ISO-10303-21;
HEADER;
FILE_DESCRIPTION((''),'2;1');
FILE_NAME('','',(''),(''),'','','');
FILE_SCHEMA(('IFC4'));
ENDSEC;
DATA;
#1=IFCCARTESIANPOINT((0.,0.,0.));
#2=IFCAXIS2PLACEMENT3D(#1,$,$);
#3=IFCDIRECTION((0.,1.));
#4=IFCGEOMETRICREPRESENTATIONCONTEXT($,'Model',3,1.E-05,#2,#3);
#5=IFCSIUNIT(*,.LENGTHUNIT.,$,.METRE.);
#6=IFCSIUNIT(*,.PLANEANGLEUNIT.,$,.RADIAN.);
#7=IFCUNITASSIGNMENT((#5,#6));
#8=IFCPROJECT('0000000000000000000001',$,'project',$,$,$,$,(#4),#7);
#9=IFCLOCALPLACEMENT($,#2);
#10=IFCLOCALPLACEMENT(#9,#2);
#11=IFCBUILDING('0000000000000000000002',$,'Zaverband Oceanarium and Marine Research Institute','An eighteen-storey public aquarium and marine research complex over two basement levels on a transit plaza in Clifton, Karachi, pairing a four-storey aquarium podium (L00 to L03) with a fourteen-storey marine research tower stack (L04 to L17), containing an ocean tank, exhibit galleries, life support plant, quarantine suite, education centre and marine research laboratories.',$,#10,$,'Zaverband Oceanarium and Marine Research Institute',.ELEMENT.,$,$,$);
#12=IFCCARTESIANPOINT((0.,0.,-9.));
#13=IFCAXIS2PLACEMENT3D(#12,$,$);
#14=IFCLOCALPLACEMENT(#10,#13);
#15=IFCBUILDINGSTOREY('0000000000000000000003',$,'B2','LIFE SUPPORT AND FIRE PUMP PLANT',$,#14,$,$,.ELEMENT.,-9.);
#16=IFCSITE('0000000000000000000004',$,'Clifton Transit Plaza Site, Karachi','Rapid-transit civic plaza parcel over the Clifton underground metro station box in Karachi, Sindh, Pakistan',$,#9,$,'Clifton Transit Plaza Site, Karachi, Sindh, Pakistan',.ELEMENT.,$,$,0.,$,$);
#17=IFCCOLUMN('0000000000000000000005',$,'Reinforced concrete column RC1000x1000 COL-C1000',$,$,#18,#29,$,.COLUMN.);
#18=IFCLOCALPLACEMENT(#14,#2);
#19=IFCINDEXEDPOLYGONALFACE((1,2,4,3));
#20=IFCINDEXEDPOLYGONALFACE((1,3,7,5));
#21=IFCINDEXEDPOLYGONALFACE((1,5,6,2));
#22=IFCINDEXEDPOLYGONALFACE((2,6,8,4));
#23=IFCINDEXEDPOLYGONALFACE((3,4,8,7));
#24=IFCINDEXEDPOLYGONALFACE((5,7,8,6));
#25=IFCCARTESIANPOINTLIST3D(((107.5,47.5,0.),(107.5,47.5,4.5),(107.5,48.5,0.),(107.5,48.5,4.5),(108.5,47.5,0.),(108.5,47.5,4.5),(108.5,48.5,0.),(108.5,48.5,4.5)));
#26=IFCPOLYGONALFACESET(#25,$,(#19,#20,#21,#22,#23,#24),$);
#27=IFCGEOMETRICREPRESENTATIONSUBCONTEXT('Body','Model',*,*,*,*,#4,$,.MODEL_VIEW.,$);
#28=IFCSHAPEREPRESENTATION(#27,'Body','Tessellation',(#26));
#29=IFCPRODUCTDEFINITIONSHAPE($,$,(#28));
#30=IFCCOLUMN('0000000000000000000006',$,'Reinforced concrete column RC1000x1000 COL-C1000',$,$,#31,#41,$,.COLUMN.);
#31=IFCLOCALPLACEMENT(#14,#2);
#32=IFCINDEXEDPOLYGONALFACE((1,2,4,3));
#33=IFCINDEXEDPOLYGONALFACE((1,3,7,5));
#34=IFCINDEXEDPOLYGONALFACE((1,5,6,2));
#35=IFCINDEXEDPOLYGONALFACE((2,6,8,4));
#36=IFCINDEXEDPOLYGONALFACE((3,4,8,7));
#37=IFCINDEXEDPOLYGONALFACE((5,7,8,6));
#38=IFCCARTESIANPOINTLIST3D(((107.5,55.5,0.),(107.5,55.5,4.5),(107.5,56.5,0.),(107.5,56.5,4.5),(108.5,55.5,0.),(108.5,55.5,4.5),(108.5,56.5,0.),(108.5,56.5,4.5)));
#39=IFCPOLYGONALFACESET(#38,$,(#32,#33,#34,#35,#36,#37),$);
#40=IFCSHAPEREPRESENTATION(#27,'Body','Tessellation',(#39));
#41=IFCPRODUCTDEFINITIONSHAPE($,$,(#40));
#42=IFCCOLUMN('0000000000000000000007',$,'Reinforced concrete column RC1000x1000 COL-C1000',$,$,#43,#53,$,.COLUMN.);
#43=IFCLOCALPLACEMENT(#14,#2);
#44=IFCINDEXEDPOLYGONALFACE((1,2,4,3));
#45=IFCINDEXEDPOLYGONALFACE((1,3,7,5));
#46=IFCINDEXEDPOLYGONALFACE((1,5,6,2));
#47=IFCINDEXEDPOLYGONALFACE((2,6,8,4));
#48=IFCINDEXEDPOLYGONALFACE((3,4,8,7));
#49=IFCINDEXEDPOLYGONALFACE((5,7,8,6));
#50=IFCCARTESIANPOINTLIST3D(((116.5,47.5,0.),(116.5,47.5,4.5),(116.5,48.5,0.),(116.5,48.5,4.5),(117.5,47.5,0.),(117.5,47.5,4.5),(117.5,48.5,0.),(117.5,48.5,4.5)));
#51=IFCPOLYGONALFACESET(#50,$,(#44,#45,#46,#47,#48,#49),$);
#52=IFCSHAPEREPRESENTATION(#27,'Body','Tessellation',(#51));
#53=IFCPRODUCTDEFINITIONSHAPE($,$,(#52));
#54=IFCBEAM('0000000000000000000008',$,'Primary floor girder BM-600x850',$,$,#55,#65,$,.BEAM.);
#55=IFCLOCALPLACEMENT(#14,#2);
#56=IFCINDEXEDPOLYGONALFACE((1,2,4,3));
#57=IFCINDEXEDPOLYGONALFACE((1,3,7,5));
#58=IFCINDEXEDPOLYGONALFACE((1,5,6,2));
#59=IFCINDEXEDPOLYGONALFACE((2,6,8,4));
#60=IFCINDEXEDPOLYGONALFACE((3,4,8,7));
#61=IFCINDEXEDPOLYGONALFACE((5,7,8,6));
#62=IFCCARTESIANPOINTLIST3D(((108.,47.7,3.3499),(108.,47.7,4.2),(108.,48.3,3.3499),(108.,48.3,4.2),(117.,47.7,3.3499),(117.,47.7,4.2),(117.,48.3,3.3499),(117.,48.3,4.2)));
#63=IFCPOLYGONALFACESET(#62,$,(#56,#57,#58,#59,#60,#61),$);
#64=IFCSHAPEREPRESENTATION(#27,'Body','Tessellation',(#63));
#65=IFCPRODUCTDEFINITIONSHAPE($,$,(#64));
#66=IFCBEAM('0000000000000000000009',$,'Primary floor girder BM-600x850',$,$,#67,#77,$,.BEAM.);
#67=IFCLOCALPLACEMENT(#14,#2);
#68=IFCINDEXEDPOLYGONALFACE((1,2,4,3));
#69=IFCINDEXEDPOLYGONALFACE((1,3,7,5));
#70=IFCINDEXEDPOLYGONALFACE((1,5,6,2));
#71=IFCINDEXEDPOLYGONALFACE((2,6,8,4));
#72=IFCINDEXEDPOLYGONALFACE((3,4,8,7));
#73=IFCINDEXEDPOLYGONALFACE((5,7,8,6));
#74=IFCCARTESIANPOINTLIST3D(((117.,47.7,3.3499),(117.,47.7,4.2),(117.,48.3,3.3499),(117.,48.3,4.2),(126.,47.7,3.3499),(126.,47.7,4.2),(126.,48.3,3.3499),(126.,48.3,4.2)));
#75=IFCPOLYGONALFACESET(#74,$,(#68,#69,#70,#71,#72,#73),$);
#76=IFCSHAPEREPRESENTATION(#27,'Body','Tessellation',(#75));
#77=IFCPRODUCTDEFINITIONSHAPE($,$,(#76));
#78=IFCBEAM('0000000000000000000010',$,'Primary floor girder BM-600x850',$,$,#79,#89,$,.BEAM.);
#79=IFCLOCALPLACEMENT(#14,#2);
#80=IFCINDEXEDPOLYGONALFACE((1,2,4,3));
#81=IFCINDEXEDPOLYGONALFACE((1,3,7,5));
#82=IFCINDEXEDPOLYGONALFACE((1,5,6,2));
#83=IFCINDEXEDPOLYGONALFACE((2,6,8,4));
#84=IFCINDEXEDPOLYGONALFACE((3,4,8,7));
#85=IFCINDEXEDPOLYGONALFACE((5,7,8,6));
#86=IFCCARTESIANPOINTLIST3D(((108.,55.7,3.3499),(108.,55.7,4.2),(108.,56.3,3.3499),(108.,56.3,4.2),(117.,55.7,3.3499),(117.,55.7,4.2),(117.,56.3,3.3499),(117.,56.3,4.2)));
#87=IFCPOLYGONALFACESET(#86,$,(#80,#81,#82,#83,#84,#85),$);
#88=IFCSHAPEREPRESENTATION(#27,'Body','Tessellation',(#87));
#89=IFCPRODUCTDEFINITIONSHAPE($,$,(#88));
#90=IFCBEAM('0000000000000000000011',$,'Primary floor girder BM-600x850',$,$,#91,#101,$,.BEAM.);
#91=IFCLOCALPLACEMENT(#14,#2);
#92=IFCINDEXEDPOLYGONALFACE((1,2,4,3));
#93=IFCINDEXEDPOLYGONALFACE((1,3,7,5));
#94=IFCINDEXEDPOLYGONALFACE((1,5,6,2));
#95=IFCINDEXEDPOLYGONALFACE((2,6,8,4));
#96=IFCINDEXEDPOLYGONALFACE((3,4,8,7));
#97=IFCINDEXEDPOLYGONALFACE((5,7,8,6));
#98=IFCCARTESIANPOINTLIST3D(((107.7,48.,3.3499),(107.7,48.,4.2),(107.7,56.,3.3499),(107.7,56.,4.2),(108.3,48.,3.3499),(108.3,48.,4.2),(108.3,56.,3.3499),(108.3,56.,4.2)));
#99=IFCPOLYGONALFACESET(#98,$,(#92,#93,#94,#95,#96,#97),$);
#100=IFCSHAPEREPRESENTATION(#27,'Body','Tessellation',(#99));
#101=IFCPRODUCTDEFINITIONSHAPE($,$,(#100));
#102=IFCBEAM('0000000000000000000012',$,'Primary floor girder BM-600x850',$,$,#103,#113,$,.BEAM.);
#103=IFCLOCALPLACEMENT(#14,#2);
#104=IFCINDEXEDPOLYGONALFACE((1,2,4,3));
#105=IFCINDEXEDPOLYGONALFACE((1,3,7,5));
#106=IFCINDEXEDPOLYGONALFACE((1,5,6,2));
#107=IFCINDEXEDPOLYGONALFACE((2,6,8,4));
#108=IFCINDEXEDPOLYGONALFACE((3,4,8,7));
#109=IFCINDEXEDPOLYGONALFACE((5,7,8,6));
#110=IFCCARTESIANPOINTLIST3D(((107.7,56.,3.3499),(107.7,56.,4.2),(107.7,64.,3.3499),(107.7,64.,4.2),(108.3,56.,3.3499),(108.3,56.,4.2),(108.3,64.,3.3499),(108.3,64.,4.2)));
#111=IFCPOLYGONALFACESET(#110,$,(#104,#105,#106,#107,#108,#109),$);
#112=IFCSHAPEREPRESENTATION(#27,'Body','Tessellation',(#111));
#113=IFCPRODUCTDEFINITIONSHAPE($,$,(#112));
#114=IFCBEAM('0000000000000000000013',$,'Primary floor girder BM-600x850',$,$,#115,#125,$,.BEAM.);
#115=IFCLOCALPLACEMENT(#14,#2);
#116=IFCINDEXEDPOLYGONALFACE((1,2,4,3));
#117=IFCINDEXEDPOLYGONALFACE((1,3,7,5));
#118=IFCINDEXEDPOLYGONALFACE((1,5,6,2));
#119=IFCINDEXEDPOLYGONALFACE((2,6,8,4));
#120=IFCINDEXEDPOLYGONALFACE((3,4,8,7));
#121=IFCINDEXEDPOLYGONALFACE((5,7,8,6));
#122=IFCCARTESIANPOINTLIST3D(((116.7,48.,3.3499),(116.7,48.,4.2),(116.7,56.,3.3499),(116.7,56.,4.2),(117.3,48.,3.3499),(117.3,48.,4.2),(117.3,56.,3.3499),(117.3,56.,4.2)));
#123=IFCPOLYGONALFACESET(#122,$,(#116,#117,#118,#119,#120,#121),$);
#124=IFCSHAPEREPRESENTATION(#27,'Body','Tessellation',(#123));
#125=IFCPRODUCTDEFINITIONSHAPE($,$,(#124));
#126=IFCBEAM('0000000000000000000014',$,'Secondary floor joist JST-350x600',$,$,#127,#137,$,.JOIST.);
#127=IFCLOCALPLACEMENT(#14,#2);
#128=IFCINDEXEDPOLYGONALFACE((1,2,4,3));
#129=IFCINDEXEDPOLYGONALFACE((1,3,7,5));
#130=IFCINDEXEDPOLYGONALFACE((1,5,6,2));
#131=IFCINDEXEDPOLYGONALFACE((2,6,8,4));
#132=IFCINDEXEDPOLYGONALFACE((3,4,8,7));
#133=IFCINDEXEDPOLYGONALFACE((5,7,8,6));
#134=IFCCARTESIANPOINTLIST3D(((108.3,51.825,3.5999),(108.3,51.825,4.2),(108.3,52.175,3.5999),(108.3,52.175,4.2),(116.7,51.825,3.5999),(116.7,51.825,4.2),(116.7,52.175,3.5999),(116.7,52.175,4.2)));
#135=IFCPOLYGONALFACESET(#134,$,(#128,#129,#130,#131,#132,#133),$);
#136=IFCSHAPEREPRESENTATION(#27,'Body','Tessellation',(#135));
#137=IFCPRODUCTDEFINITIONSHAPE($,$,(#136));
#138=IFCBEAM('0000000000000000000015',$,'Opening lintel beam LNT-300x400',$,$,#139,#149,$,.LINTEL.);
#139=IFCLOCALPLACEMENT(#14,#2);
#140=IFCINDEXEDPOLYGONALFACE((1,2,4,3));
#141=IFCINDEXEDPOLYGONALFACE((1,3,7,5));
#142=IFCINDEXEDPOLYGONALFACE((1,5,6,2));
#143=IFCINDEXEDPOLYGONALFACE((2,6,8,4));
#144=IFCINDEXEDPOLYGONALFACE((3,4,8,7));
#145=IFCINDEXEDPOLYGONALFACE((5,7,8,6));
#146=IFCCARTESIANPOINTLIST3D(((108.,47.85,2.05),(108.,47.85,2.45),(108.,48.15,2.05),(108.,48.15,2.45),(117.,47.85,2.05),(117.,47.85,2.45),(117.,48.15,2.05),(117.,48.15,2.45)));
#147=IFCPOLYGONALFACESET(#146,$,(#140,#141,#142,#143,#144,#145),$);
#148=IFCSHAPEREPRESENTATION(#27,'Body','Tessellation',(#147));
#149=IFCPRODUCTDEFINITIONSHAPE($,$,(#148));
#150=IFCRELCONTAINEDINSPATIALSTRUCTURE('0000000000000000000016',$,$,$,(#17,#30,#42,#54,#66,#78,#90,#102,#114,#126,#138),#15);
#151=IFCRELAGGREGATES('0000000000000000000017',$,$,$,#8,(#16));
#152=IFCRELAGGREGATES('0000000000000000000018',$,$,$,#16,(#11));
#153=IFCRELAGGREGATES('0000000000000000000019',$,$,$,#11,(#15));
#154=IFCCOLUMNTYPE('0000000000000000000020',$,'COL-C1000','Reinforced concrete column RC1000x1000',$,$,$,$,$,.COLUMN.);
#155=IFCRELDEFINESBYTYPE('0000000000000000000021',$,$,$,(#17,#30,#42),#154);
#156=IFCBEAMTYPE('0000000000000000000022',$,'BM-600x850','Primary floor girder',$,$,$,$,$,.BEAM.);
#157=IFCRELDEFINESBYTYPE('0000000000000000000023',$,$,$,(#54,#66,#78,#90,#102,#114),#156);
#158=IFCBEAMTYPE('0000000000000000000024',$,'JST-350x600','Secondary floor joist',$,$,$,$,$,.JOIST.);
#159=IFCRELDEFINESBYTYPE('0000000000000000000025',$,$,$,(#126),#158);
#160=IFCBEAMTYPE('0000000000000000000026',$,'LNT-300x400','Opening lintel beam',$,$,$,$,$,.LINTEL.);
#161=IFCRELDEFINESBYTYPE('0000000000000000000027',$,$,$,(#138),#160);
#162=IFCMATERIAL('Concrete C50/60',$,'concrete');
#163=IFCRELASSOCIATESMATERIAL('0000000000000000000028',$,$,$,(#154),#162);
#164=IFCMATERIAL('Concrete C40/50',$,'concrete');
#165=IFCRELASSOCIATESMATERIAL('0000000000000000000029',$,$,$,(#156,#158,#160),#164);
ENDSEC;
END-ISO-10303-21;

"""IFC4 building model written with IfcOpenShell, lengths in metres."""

from ifc_helpers import new_model, si_unit, direction, frame, origin, origin_2d, place, context, subcontext, project, spatial, rectangle, extrude, material, material_profile, profile_set, type_object, element, save


model = new_model("IFC4")

# Units and contexts
model_context = context("Model", 3, precision=1e-05, world=origin(), true_north=direction((0.0, 1.0)))
body_context = subcontext(model_context, "Body", "Model", "MODEL_VIEW")
ifc_project = project(units=[si_unit("LENGTHUNIT", "METRE"), si_unit("PLANEANGLEUNIT", "RADIAN")], contexts=[model_context])

# Site, building, storey
site_placement = place(None, origin())
site = spatial("IfcSite", under=ifc_project, at=site_placement, Name="Clifton Transit Plaza Site, Karachi", Description="Rapid-transit civic plaza parcel over the Clifton underground metro station box in Karachi, Sindh, Pakistan", LongName="Clifton Transit Plaza Site, Karachi, Sindh, Pakistan", CompositionType="ELEMENT", RefElevation=0.0)
building_placement = place(site_placement, origin())
building = spatial("IfcBuilding", under=site, at=building_placement, Name="Zaverband Oceanarium and Marine Research Institute", Description="An eighteen-storey public aquarium and marine research complex over two basement levels on a transit plaza in Clifton, Karachi, pairing a four-storey aquarium podium (L00 to L03) with a fourteen-storey marine research tower stack (L04 to L17), containing an ocean tank, exhibit galleries, life support plant, quarantine suite, education centre and marine research laboratories.", LongName="Zaverband Oceanarium and Marine Research Institute", CompositionType="ELEMENT")
storey_placement = place(building_placement, frame((0.0, 0.0, -9.0)))
storey = spatial("IfcBuildingStorey", under=building, at=storey_placement, Name="B2", Description="LIFE SUPPORT AND FIRE PUMP PLANT", CompositionType="ELEMENT", Elevation=-9.0)

# Shared definitions
ifc_material_1 = material(Name="Concrete C50/60", Category="concrete")

# Columns
ifc_material_profile_1 = material_profile(ifc_material_1, rectangle(XDim=1.0, YDim=1.0, at=origin_2d()), Name="RC1000x1000")
ifc_profile_set_1 = profile_set([ifc_material_profile_1], Name="Concrete C50/60")
column_type = type_object("IfcColumnType", Name="COL-C1000", Description="Reinforced concrete column RC1000x1000", PredefinedType="COLUMN", material=ifc_profile_set_1)
for number, where, z_axis, x_axis, name in (
    (1, (108.0, 48.0, 0.0), (0.0, 0.0, 1.0), (1.0, 0.0, 0.0), "Reinforced concrete column RC1000x1000 COL-C1000"),
    (2, (108.0, 56.0, 0.0), (0.0, 0.0, 1.0), (1.0, 0.0, 0.0), "Reinforced concrete column RC1000x1000 COL-C1000"),
    (3, (117.0, 48.0, 0.0), (0.0, 0.0, 1.0), (1.0, 0.0, 0.0), "Reinforced concrete column RC1000x1000 COL-C1000"),
):
    element("IfcColumn", number, at=place(storey_placement, frame(where, z_axis=z_axis, x_axis=x_axis)), inside=storey, type_object=column_type, Name=name, PredefinedType="COLUMN", context=body_context, shape_type="SweptSolid", body=[
        extrude(rectangle(XDim=1.0, YDim=1.0, at=origin_2d()), origin(), (0.0, 0.0, 1.0), 4.5),
    ])

# Beams
ifc_material_2 = material(Name="Concrete C40/50", Category="concrete")
ifc_material_profile_2 = material_profile(ifc_material_2, rectangle(XDim=0.6001, YDim=0.8501, at=origin_2d()), Name="RC600x850")
ifc_profile_set_2 = profile_set([ifc_material_profile_2], Name="Concrete C40/50")
beam_type_1 = type_object("IfcBeamType", Name="BM-600x850", Description="Primary floor girder", PredefinedType="BEAM", material=ifc_profile_set_2)
for number, where, z_axis, x_axis, name in (
    (4, (108.0, 48.0, 3.7749), (1.0, 0.0, 0.0), (0.0, 1.0, 0.0), "Primary floor girder BM-600x850"),
    (5, (117.0, 48.0, 3.7749), (1.0, 0.0, 0.0), (0.0, 1.0, 0.0), "Primary floor girder BM-600x850"),
    (6, (108.0, 56.0, 3.7749), (1.0, 0.0, 0.0), (0.0, 1.0, 0.0), "Primary floor girder BM-600x850"),
):
    element("IfcBeam", number, at=place(storey_placement, frame(where, z_axis=z_axis, x_axis=x_axis)), inside=storey, type_object=beam_type_1, Name=name, PredefinedType="BEAM", context=body_context, shape_type="SweptSolid", body=[
        extrude(rectangle(XDim=0.6001, YDim=0.8501, at=origin_2d()), origin(), (0.0, 0.0, 1.0), 9.0),
    ])
for number, where, z_axis, x_axis, name in (
    (7, (108.0, 48.0, 3.7749), (0.0, 1.0, 0.0), (-1.0, 0.0, 0.0), "Primary floor girder BM-600x850"),
    (8, (108.0, 56.0, 3.7749), (0.0, 1.0, 0.0), (-1.0, 0.0, 0.0), "Primary floor girder BM-600x850"),
    (9, (117.0, 48.0, 3.7749), (0.0, 1.0, 0.0), (-1.0, 0.0, 0.0), "Primary floor girder BM-600x850"),
):
    element("IfcBeam", number, at=place(storey_placement, frame(where, z_axis=z_axis, x_axis=x_axis)), inside=storey, type_object=beam_type_1, Name=name, PredefinedType="BEAM", context=body_context, shape_type="SweptSolid", body=[
        extrude(rectangle(XDim=0.6001, YDim=0.8501, at=origin_2d()), origin(), (0.0, 0.0, 1.0), 8.0),
    ])
ifc_material_profile_3 = material_profile(ifc_material_2, rectangle(XDim=0.3501, YDim=0.6001, at=origin_2d()), Name="RC350x600")
ifc_profile_set_3 = profile_set([ifc_material_profile_3], Name="Concrete C40/50")
beam_type_2 = type_object("IfcBeamType", Name="JST-350x600", Description="Secondary floor joist", PredefinedType="JOIST", material=ifc_profile_set_3)
beam_1_placement = place(storey_placement, frame((108.3, 52.0, 3.8999), z_axis=(1.0, 0.0, 0.0), x_axis=(0.0, 1.0, 0.0)))
element("IfcBeam", 10, at=beam_1_placement, inside=storey, type_object=beam_type_2, Name="Secondary floor joist JST-350x600", PredefinedType="JOIST", context=body_context, shape_type="SweptSolid", body=[
    extrude(rectangle(XDim=0.3501, YDim=0.6001, at=origin_2d()), origin(), (0.0, 0.0, 1.0), 8.3999),
])
ifc_material_profile_4 = material_profile(ifc_material_2, rectangle(XDim=0.3, YDim=0.3999, at=origin_2d()), Name="RC300x400")
ifc_profile_set_4 = profile_set([ifc_material_profile_4], Name="Concrete C40/50")
beam_type_3 = type_object("IfcBeamType", Name="LNT-300x400", Description="Opening lintel beam", PredefinedType="LINTEL", material=ifc_profile_set_4)
beam_2_placement = place(storey_placement, frame((108.0, 48.0, 2.25), z_axis=(1.0, 0.0, 0.0), x_axis=(0.0, 1.0, 0.0)))
element("IfcBeam", 11, at=beam_2_placement, inside=storey, type_object=beam_type_3, Name="Opening lintel beam LNT-300x400", PredefinedType="LINTEL", context=body_context, shape_type="SweptSolid", body=[
    extrude(rectangle(XDim=0.3, YDim=0.3999, at=origin_2d()), origin(), (0.0, 0.0, 1.0), 9.0),
])

save(model, "model.ifc")
